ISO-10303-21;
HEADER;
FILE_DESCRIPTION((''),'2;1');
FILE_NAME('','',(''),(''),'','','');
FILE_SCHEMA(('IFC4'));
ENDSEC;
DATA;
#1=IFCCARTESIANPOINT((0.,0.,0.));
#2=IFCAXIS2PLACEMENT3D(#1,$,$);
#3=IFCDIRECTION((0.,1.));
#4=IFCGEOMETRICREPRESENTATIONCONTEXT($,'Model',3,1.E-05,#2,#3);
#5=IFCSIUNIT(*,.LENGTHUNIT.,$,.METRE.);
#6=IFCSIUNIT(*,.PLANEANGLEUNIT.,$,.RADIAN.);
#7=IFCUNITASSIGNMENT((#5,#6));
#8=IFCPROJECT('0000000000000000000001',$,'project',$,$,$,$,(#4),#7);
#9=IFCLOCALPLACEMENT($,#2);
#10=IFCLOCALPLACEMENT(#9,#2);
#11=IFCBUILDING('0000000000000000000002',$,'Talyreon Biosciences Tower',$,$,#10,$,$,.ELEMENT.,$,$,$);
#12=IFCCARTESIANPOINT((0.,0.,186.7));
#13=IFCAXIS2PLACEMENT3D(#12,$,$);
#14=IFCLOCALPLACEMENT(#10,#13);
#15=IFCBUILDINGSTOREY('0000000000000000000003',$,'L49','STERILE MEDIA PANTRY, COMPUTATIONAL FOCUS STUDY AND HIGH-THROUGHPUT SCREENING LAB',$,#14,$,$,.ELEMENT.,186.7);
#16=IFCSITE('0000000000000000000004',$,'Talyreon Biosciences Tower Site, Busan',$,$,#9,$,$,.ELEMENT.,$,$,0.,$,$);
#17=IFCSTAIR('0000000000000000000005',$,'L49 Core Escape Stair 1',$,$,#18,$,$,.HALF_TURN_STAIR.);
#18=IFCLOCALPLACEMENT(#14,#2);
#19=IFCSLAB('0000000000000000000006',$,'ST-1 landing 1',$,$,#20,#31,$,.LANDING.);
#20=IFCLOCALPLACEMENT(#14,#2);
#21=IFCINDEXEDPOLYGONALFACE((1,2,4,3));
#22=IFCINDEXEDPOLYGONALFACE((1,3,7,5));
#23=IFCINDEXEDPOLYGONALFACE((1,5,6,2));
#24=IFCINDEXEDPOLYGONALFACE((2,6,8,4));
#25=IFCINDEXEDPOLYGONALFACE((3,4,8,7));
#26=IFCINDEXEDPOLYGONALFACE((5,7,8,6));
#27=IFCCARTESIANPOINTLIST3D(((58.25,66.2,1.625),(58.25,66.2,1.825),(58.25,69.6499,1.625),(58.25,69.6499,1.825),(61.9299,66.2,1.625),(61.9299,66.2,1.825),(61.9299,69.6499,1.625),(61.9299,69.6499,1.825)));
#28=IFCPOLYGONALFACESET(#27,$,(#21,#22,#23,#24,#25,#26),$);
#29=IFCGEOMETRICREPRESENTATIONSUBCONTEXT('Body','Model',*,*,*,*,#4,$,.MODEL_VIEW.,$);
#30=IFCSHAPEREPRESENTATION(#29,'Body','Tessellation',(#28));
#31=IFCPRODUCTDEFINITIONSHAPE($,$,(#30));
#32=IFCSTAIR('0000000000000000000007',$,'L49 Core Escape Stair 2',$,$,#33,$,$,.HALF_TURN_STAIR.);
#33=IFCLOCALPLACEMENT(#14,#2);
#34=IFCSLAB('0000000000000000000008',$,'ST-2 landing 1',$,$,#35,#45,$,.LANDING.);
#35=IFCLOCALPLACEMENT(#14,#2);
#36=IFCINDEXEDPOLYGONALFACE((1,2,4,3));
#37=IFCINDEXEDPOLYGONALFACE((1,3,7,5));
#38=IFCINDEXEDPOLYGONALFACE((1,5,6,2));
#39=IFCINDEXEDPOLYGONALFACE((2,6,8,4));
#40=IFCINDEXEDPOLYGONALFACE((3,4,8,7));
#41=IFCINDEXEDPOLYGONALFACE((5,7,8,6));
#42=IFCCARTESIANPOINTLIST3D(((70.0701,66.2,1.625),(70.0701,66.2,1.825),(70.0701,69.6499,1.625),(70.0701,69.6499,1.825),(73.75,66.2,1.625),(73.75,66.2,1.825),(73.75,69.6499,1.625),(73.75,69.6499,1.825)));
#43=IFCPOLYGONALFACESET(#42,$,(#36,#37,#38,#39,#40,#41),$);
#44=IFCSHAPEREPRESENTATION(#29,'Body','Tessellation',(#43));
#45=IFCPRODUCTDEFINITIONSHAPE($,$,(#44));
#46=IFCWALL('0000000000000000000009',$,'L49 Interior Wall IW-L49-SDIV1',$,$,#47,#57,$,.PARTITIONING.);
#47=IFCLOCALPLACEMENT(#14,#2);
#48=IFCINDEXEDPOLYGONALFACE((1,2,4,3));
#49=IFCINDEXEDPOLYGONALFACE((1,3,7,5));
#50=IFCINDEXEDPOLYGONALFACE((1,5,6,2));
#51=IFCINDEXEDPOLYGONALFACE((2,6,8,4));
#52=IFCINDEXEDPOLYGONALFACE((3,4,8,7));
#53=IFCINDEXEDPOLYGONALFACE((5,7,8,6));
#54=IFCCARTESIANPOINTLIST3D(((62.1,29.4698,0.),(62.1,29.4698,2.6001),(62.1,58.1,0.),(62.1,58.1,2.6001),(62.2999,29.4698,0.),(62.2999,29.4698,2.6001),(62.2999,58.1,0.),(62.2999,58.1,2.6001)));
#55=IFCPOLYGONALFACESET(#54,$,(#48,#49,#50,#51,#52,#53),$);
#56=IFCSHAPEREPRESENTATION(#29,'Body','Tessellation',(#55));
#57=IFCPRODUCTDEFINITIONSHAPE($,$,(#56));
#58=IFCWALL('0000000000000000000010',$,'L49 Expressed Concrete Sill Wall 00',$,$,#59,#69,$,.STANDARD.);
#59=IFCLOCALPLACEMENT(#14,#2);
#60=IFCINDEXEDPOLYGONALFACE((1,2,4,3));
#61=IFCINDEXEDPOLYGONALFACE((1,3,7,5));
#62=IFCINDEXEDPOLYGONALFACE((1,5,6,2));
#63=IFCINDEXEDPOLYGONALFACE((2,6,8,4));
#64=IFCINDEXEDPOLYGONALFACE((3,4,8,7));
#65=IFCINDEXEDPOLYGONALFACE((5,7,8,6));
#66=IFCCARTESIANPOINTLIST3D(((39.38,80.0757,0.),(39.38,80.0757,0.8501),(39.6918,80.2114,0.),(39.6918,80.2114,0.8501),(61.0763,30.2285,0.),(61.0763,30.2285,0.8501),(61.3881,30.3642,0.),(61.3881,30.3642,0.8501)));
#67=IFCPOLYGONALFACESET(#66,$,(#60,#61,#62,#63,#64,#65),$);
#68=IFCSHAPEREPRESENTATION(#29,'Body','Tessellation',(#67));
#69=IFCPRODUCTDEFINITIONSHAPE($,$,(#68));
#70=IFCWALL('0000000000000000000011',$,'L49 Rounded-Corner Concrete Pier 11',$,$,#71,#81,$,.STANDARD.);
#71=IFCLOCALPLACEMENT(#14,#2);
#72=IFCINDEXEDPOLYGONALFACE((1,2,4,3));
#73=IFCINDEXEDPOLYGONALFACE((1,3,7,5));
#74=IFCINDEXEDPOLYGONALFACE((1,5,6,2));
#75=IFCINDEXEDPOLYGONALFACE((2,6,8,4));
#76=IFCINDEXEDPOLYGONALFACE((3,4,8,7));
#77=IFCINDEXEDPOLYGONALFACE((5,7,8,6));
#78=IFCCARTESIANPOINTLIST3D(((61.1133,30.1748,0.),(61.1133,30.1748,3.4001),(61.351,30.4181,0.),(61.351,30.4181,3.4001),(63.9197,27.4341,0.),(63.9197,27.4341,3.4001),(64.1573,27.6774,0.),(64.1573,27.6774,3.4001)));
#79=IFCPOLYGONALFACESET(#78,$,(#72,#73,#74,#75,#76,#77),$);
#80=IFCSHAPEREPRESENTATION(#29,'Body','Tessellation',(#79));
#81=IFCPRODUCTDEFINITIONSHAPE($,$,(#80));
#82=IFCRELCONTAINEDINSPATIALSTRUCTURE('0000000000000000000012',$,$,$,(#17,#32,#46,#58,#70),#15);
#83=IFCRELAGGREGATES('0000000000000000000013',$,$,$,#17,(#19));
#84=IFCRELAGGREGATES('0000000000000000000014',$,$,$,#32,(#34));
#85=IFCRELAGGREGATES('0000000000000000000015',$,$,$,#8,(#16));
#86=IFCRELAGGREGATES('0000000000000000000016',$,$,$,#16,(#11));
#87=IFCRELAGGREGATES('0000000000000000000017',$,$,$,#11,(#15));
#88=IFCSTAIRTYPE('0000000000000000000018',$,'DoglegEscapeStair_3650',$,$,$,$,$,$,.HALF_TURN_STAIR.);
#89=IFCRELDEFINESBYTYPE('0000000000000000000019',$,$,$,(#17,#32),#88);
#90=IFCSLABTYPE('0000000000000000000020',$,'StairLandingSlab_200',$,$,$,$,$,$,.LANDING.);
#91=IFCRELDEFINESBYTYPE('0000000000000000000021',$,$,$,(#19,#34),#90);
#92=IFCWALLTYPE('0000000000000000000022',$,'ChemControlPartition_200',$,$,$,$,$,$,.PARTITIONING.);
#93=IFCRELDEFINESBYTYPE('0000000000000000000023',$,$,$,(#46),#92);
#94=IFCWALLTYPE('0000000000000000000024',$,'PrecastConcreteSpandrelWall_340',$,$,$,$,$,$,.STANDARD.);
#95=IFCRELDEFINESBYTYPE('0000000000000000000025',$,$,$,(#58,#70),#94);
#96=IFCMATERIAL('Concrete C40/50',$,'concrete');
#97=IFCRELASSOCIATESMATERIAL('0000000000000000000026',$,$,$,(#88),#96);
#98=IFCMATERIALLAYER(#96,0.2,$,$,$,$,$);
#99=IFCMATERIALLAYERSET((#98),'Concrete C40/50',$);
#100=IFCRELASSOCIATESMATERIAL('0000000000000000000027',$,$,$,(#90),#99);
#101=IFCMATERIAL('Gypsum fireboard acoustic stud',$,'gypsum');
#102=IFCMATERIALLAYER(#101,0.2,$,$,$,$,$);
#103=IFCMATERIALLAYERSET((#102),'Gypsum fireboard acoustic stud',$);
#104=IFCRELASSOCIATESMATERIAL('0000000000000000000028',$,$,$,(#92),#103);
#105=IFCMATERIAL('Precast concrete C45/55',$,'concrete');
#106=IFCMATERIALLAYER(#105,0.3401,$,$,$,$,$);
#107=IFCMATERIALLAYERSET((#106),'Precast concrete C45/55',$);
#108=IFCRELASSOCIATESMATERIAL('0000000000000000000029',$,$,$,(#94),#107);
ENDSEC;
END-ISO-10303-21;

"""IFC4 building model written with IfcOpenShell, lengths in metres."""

from ifc_helpers import new_model, si_unit, direction, frame, frame_2d, origin, place, context, subcontext, project, spatial, polyline, rectangle, outline, extrude, material, layer, layer_set, type_object, element, aggregate, save


model = new_model("IFC4")

# Units and contexts
model_context = context("Model", 3, precision=1e-05, world=origin(), true_north=direction((0.0, 1.0)))
body_context = subcontext(model_context, "Body", "Model", "MODEL_VIEW")
ifc_project = project(units=[si_unit("LENGTHUNIT", "METRE"), si_unit("PLANEANGLEUNIT", "RADIAN")], contexts=[model_context])

# Site, building, storey
site_placement = place(None, origin())
site = spatial("IfcSite", under=ifc_project, at=site_placement, Name="Talyreon Biosciences Tower Site, Busan", CompositionType="ELEMENT", RefElevation=0.0)
building_placement = place(site_placement, origin())
building = spatial("IfcBuilding", under=site, at=building_placement, Name="Talyreon Biosciences Tower", CompositionType="ELEMENT")
storey_placement = place(building_placement, frame((0.0, 0.0, 186.7)))
storey = spatial("IfcBuildingStorey", under=building, at=storey_placement, Name="L49", Description="STERILE MEDIA PANTRY, COMPUTATIONAL FOCUS STUDY AND HIGH-THROUGHPUT SCREENING LAB", CompositionType="ELEMENT", Elevation=186.7)

# Shared definitions
ifc_material_1 = material(Name="Precast concrete C45/55", Category="concrete")

# Shared definitions
ifc_material_2 = material(Name="Concrete C40/50", Category="concrete")

# Stairs, slabs
stair_type = type_object("IfcStairType", Name="DoglegEscapeStair_3650", PredefinedType="HALF_TURN_STAIR", material=ifc_material_2)
stair_1_placement = place(storey_placement, origin())
stair_1 = element("IfcStair", 1, at=stair_1_placement, inside=storey, type_object=stair_type, Name="L49 Core Escape Stair 1", PredefinedType="HALF_TURN_STAIR")
ifc_layer_1 = layer(ifc_material_2, 0.2)
ifc_layer_set_1 = layer_set([ifc_layer_1], Name="Concrete C40/50")
slab_type_1 = type_object("IfcSlabType", Name="StairLandingSlab_200", PredefinedType="LANDING", material=ifc_layer_set_1)
slab_1_placement = place(storey_placement, frame((0.0, 0.0, 1.625)))
slab_1 = element("IfcSlab", 2, at=slab_1_placement, type_object=slab_type_1, Name="ST-1 landing 1", PredefinedType="LANDING", context=body_context, shape_type="SweptSolid", body=[
    extrude(outline(polyline([(61.9299, 66.2), (61.9299, 69.6499), (58.25, 69.6499), (58.25, 66.2), (61.9299, 66.2)])), origin(), (0.0, 0.0, 1.0), 0.2),
])
aggregate(stair_1, [slab_1])
stair_2_placement = place(storey_placement, origin())
stair_2 = element("IfcStair", 3, at=stair_2_placement, inside=storey, type_object=stair_type, Name="L49 Core Escape Stair 2", PredefinedType="HALF_TURN_STAIR")
slab_2_placement = place(storey_placement, frame((0.0, 0.0, 1.625)))
slab_2 = element("IfcSlab", 4, at=slab_2_placement, type_object=slab_type_1, Name="ST-2 landing 1", PredefinedType="LANDING", context=body_context, shape_type="SweptSolid", body=[
    extrude(outline(polyline([(73.75, 66.2), (73.75, 69.6499), (70.0701, 69.6499), (70.0701, 66.2), (73.75, 66.2)])), origin(), (0.0, 0.0, 1.0), 0.2),
])
aggregate(stair_2, [slab_2])

# Walls
ifc_material_3 = material(Name="Gypsum fireboard acoustic stud", Category="gypsum")
ifc_layer_2 = layer(ifc_material_3, 0.2)
ifc_layer_set_2 = layer_set([ifc_layer_2], Name="Gypsum fireboard acoustic stud")
wall_type_1 = type_object("IfcWallType", Name="ChemControlPartition_200", PredefinedType="PARTITIONING", material=ifc_layer_set_2)
wall_1_placement = place(storey_placement, frame((62.2, 29.47, 0.0), z_axis=(0.0, 0.0, 1.0), x_axis=(0.0, 1.0, 0.0)))
element("IfcWall", 5, at=wall_1_placement, inside=storey, type_object=wall_type_1, Name="L49 Interior Wall IW-L49-SDIV1", PredefinedType="PARTITIONING", context=body_context, shape_type="SweptSolid", body=[
    extrude(rectangle(XDim=28.6301, YDim=0.2, at=frame_2d((14.3149, 0.0))), origin(), (0.0, 0.0, 1.0), 2.6001),
])
ifc_layer_3 = layer(ifc_material_1, 0.3401)
ifc_layer_set_3 = layer_set([ifc_layer_3], Name="Precast concrete C45/55")
wall_type_2 = type_object("IfcWallType", Name="PrecastConcreteSpandrelWall_340", PredefinedType="STANDARD", material=ifc_layer_set_3)
wall_2_placement = place(storey_placement, frame((61.2322, 30.2964, 0.0), z_axis=(0.0, 0.0, 1.0), x_axis=(-0.399091, 0.916911, 0.0)))
element("IfcWall", 6, at=wall_2_placement, inside=storey, type_object=wall_type_2, Name="L49 Expressed Concrete Sill Wall 00", PredefinedType="STANDARD", context=body_context, shape_type="SweptSolid", body=[
    extrude(rectangle(XDim=54.3643, YDim=0.3401, at=frame_2d((27.1821, 0.0))), origin(), (0.0, 0.0, 1.0), 0.8501),
])
wall_3_placement = place(storey_placement, frame((64.0386, 27.5557, 0.0), z_axis=(0.0, 0.0, 1.0), x_axis=(-0.715428, 0.698686, 0.0)))
element("IfcWall", 7, at=wall_3_placement, inside=storey, type_object=wall_type_2, Name="L49 Rounded-Corner Concrete Pier 11", PredefinedType="STANDARD", context=body_context, shape_type="SweptSolid", body=[
    extrude(rectangle(XDim=3.9226, YDim=0.3401, at=frame_2d((1.9614, 0.0))), origin(), (0.0, 0.0, 1.0), 3.4001),
])

save(model, "model.ifc")
